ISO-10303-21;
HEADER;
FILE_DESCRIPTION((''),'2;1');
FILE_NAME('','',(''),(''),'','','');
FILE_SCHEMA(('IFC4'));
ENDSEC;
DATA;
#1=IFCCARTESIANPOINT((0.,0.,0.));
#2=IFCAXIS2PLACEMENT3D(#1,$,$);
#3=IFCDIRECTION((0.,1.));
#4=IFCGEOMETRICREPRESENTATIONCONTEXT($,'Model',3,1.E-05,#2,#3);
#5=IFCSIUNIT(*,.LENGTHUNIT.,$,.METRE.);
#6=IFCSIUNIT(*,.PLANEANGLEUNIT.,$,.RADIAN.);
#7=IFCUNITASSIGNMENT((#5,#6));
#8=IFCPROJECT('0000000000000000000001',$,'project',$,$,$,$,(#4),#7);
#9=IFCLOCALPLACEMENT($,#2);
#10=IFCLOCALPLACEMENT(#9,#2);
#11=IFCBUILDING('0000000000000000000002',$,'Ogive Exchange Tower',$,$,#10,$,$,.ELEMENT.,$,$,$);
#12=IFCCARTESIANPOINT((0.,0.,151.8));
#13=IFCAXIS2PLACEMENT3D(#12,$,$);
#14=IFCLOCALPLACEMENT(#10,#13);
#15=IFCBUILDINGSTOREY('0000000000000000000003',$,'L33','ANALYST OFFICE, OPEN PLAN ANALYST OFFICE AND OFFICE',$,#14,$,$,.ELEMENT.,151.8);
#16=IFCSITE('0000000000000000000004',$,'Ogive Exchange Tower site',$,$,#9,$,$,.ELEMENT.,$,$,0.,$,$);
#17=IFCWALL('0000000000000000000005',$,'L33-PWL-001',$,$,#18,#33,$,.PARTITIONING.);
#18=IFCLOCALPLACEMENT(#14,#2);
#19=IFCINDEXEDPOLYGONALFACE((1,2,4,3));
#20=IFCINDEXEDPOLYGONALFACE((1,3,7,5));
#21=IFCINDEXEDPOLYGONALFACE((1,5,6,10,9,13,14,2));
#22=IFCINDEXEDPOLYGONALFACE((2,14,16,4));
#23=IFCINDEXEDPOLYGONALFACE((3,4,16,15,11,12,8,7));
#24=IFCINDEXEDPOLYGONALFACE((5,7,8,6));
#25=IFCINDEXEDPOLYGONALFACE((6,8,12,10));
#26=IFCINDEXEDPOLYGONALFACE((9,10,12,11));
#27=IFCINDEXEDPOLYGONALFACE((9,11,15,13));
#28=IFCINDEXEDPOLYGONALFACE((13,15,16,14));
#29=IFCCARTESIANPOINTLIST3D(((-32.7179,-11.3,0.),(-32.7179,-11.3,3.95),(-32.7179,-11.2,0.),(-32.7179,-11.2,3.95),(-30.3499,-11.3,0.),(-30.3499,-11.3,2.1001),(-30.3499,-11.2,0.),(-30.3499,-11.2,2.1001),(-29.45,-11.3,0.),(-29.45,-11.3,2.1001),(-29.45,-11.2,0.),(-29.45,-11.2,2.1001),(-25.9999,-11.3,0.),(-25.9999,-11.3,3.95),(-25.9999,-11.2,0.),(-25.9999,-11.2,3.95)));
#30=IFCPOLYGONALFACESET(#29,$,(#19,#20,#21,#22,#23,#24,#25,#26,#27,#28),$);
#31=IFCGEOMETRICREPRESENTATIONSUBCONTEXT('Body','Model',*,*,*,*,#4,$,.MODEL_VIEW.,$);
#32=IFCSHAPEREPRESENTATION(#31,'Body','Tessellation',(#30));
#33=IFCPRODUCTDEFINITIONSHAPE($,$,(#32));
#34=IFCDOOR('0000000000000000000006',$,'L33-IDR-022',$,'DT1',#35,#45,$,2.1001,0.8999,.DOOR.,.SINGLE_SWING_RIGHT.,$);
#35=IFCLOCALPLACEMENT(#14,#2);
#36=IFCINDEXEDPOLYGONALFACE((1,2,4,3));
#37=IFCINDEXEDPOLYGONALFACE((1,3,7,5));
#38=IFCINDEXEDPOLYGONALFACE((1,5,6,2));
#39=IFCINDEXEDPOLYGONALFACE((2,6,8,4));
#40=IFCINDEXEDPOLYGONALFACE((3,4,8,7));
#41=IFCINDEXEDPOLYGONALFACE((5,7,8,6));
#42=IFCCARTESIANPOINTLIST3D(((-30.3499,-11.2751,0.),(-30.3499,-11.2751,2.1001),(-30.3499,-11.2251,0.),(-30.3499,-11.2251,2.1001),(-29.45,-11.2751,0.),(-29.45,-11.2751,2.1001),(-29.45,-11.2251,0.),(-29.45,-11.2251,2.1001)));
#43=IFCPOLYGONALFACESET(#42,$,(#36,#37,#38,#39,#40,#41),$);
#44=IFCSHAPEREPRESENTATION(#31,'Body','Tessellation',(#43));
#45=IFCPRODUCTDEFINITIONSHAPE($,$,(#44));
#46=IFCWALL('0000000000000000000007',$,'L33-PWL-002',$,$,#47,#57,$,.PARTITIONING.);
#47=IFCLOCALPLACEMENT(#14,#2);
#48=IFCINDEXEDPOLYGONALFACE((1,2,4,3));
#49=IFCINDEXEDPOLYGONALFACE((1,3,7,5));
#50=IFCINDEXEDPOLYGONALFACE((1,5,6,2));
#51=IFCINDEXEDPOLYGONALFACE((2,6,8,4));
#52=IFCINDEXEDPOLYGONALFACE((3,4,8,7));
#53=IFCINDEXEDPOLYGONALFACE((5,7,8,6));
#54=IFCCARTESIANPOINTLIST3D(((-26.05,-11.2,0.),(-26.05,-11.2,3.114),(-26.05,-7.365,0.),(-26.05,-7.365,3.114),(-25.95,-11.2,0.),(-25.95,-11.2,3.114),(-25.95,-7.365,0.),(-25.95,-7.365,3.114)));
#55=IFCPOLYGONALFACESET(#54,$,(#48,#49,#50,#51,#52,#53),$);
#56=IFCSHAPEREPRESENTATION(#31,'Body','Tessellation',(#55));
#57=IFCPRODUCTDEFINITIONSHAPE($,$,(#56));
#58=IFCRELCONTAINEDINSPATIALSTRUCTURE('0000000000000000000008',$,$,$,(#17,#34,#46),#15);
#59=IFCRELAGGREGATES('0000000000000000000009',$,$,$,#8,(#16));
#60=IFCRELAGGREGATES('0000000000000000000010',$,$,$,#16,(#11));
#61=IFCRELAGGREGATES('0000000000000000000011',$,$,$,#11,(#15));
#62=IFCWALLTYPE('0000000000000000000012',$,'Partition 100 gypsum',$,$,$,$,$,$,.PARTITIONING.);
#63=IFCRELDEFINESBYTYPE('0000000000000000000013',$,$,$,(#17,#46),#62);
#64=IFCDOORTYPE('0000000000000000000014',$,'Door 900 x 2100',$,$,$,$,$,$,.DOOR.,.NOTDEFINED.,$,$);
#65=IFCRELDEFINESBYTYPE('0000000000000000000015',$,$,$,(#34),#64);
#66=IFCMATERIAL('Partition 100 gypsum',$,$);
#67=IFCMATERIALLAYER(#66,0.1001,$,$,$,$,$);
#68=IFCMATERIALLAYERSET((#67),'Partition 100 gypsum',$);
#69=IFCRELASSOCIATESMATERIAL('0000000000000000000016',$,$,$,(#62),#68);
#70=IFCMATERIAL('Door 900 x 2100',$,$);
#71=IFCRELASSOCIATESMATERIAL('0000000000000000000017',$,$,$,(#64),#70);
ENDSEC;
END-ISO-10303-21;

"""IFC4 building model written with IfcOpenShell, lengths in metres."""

from ifc_helpers import new_model, si_unit, direction, frame, frame_2d, origin, place, context, subcontext, project, spatial, rectangle, extrude, material, layer, layer_set, type_object, element, fill, save


model = new_model("IFC4")

# Units and contexts
model_context = context("Model", 3, precision=1e-05, world=origin(), true_north=direction((0.0, 1.0)))
body_context = subcontext(model_context, "Body", "Model", "MODEL_VIEW")
ifc_project = project(units=[si_unit("LENGTHUNIT", "METRE"), si_unit("PLANEANGLEUNIT", "RADIAN")], contexts=[model_context])

# Site, building, storey
site_placement = place(None, origin())
site = spatial("IfcSite", under=ifc_project, at=site_placement, Name="Ogive Exchange Tower site", CompositionType="ELEMENT", RefElevation=0.0)
building_placement = place(site_placement, origin())
building = spatial("IfcBuilding", under=site, at=building_placement, Name="Ogive Exchange Tower", CompositionType="ELEMENT")
storey_placement = place(building_placement, frame((0.0, 0.0, 151.8)))
storey = spatial("IfcBuildingStorey", under=building, at=storey_placement, Name="L33", Description="ANALYST OFFICE, OPEN PLAN ANALYST OFFICE AND OFFICE", CompositionType="ELEMENT", Elevation=151.8)

# Wall, opening, door
ifc_material_1 = material(Name="Partition 100 gypsum")
ifc_layer_1 = layer(ifc_material_1, 0.1001)
ifc_layer_set_1 = layer_set([ifc_layer_1], Name="Partition 100 gypsum")
wall_type_1 = type_object("IfcWallType", Name="Partition 100 gypsum", PredefinedType="PARTITIONING", material=ifc_layer_set_1)
wall_1_placement = place(storey_placement, frame((-26.0, -11.25, 0.0), z_axis=(0.0, 0.0, 1.0), x_axis=(-1.0, 0.0, 0.0)))
wall_1 = element("IfcWall", 1, at=wall_1_placement, inside=storey, type_object=wall_type_1, Name="L33-PWL-001", PredefinedType="PARTITIONING", context=body_context, shape_type="SweptSolid", body=[
    extrude(rectangle(XDim=6.718, YDim=0.1001, at=frame_2d((3.3589, 0.0))), origin(), (0.0, 0.0, 1.0), 3.95),
])
opening_1_placement = place(wall_1_placement, frame((3.45, 0.0, 0.0)))
opening_1 = element("IfcOpeningElement", 2, at=opening_1_placement, cuts=wall_1, PredefinedType="OPENING", context=body_context, shape_type="SweptSolid", body=[
    extrude(rectangle(XDim=0.8999, YDim=2.1001, at=frame_2d((0.45, 1.05))), frame((0.0, 0.0601, 0.0), z_axis=(0.0, -1.0, 0.0), x_axis=(1.0, 0.0, 0.0)), (0.0, 0.0, 1.0), 0.1201),
])
ifc_material_2 = material(Name="Door 900 x 2100")
door_type_1 = type_object("IfcDoorType", Name="Door 900 x 2100", OperationType="NOTDEFINED", PredefinedType="DOOR", material=ifc_material_2)
door_1_placement = place(opening_1_placement, frame((0.8999, 0.0, 0.0), z_axis=(0.0, 0.0, 1.0), x_axis=(-1.0, 0.0, 0.0)))
door_1 = element("IfcDoor", 3, at=door_1_placement, inside=storey, type_object=door_type_1, Name="L33-IDR-022", ObjectType="DT1", OperationType="SINGLE_SWING_RIGHT", OverallHeight=2.1001, OverallWidth=0.8999, PredefinedType="DOOR", context=body_context, shape_type="SweptSolid", body=[
    extrude(rectangle(XDim=0.8999, YDim=2.1001, at=frame_2d((0.45, 1.05))), frame((0.0, 0.0249, 0.0), z_axis=(0.0, -1.0, 0.0), x_axis=(1.0, 0.0, 0.0)), (0.0, 0.0, 1.0), 0.05),
])
fill(opening_1, door_1)

# Wall
wall_2_placement = place(storey_placement, frame((-26.0, -11.2, 0.0), z_axis=(0.0, 0.0, 1.0), x_axis=(0.0, 1.0, 0.0)))
element("IfcWall", 4, at=wall_2_placement, inside=storey, type_object=wall_type_1, Name="L33-PWL-002", PredefinedType="PARTITIONING", context=body_context, shape_type="SweptSolid", body=[
    extrude(rectangle(XDim=3.835, YDim=0.1001, at=frame_2d((1.9175, 0.0))), origin(), (0.0, 0.0, 1.0), 3.114),
])

save(model, "model.ifc")
